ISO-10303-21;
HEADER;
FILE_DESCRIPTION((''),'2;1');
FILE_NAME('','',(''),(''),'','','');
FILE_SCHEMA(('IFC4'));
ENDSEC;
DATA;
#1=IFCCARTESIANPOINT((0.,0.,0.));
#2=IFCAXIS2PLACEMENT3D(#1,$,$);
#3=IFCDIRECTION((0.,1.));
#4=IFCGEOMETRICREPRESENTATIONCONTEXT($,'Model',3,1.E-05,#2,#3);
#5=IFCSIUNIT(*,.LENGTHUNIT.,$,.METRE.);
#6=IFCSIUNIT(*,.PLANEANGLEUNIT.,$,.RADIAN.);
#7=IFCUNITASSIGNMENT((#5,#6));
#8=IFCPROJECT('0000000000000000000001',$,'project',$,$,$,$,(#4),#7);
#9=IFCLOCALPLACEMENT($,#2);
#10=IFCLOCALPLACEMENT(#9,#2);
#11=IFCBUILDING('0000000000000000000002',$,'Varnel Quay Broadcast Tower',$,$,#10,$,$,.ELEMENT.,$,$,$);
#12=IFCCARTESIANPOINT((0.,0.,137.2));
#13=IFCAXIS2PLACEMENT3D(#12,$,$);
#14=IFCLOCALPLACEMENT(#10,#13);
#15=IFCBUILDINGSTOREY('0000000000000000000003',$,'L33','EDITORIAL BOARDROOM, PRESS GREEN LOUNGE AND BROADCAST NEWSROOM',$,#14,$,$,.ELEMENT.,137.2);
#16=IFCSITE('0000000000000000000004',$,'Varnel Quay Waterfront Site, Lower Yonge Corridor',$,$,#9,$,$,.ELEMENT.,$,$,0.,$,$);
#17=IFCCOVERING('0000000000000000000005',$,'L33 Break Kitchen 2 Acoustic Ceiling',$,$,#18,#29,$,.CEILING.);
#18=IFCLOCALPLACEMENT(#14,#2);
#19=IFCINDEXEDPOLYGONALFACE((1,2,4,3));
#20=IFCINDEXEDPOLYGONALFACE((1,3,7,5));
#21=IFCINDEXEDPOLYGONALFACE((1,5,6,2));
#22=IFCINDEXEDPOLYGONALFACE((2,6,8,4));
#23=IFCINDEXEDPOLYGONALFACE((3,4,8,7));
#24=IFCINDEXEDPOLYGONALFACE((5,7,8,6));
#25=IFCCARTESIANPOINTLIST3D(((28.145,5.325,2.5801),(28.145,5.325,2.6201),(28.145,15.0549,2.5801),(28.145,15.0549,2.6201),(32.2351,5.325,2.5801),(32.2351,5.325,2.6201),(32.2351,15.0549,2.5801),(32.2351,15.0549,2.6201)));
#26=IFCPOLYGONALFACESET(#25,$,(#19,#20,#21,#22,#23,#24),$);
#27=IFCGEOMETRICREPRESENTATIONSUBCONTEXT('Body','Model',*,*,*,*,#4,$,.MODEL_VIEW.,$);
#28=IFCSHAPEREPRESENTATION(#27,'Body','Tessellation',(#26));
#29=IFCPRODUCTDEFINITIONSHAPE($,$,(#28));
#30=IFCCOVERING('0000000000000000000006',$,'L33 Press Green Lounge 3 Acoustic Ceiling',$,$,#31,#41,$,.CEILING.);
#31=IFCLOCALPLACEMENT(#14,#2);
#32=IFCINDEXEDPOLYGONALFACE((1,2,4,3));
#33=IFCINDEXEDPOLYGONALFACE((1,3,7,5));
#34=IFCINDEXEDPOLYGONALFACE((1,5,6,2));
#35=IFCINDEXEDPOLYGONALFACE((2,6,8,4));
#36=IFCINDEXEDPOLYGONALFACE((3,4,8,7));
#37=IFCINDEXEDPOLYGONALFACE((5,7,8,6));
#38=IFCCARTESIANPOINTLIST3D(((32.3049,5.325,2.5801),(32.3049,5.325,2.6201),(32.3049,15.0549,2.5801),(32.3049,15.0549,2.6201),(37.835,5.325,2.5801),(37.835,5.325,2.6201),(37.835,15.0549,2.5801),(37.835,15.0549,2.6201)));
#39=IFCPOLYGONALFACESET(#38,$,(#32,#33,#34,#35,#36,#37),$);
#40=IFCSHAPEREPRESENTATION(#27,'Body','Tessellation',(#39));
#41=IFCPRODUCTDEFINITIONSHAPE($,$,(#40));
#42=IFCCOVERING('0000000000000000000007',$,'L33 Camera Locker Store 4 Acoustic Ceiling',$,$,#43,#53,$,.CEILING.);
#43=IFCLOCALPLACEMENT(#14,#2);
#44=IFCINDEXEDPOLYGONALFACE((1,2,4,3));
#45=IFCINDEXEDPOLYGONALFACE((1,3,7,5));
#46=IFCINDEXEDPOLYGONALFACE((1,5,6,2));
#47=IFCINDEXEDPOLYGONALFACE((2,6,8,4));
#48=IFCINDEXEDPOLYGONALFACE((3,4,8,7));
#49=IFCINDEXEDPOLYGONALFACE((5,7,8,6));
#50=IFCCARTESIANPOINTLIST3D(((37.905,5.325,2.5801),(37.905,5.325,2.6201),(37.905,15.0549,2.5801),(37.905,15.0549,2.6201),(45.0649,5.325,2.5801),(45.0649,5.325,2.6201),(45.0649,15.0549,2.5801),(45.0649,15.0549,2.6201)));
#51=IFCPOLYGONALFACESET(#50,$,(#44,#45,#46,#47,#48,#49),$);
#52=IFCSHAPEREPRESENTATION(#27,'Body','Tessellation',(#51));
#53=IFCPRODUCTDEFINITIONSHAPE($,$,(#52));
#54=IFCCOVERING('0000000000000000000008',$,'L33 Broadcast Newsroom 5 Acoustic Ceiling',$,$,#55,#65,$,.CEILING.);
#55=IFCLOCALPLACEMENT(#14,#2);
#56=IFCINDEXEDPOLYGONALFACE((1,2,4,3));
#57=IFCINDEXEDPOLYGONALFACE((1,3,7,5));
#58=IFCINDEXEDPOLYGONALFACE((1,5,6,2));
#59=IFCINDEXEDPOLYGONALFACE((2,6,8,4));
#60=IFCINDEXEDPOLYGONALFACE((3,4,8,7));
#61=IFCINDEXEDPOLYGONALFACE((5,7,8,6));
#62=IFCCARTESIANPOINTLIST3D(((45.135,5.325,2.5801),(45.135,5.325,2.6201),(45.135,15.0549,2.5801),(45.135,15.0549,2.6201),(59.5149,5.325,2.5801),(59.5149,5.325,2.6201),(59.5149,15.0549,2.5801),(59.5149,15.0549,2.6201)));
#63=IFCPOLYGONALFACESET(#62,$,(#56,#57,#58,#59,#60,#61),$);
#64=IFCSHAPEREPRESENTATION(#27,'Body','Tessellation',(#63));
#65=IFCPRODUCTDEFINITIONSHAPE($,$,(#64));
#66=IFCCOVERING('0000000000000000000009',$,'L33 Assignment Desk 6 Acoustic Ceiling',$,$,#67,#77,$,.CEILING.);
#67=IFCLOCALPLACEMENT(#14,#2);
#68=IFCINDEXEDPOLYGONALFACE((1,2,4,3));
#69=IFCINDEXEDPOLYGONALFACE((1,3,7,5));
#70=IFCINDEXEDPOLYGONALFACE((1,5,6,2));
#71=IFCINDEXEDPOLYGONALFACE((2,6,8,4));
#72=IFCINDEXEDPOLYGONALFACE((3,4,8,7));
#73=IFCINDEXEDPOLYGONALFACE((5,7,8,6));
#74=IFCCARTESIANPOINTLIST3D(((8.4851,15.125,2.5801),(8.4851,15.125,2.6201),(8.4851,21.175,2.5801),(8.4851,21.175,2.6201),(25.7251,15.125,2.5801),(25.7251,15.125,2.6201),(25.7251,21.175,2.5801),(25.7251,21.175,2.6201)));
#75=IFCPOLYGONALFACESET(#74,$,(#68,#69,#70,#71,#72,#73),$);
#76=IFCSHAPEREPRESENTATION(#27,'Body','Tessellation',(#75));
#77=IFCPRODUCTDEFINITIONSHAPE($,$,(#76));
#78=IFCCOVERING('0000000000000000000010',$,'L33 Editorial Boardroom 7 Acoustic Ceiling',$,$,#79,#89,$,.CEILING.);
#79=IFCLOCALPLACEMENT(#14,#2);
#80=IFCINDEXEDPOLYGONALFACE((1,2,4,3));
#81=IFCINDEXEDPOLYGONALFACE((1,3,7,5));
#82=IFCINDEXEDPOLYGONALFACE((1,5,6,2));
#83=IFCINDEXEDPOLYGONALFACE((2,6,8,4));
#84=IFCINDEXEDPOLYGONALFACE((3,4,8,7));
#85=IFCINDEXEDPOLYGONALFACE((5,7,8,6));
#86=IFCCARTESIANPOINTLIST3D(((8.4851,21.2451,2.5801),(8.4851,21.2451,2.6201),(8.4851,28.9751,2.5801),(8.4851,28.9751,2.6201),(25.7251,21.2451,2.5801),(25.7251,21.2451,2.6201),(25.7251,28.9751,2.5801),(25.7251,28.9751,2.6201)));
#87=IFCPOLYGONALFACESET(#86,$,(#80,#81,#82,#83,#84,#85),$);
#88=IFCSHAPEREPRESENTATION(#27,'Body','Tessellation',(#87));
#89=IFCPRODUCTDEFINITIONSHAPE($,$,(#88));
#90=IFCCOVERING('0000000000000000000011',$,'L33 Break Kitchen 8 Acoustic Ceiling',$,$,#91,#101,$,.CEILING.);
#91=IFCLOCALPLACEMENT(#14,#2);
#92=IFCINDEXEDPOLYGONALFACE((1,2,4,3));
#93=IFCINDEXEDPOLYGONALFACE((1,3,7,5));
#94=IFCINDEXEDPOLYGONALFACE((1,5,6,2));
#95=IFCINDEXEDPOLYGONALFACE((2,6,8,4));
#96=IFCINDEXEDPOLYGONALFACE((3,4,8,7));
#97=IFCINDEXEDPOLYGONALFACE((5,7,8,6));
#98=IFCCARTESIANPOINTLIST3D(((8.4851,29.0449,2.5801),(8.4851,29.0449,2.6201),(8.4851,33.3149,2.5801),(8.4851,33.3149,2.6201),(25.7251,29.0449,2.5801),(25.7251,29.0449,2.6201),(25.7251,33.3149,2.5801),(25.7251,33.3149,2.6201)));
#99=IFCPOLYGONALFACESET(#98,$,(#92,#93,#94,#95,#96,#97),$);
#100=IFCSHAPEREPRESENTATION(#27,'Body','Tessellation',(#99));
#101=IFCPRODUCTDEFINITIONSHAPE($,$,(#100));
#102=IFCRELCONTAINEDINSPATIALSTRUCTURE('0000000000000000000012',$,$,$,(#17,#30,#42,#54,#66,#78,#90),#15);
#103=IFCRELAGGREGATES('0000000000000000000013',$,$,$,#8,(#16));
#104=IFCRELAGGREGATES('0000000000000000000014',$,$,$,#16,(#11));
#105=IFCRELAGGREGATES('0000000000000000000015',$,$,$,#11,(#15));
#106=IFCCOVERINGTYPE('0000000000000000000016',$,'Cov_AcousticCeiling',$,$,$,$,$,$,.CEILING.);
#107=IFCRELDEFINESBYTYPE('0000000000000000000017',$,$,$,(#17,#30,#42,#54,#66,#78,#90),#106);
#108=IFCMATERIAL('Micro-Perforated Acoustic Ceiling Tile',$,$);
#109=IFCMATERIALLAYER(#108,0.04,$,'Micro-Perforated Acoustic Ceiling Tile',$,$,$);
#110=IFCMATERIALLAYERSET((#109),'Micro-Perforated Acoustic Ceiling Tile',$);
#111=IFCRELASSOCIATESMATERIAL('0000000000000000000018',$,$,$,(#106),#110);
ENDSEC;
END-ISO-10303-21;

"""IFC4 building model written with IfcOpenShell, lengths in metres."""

from ifc_helpers import new_model, si_unit, direction, frame, origin, place, context, subcontext, project, spatial, polyline, outline, extrude, material, layer, layer_set, type_object, element, save


model = new_model("IFC4")

# Units and contexts
model_context = context("Model", 3, precision=1e-05, world=origin(), true_north=direction((0.0, 1.0)))
body_context = subcontext(model_context, "Body", "Model", "MODEL_VIEW")
ifc_project = project(units=[si_unit("LENGTHUNIT", "METRE"), si_unit("PLANEANGLEUNIT", "RADIAN")], contexts=[model_context])

# Site, building, storey
site_placement = place(None, origin())
site = spatial("IfcSite", under=ifc_project, at=site_placement, Name="Varnel Quay Waterfront Site, Lower Yonge Corridor", CompositionType="ELEMENT", RefElevation=0.0)
building_placement = place(site_placement, origin())
building = spatial("IfcBuilding", under=site, at=building_placement, Name="Varnel Quay Broadcast Tower", CompositionType="ELEMENT")
storey_placement = place(building_placement, frame((0.0, 0.0, 137.2)))
storey = spatial("IfcBuildingStorey", under=building, at=storey_placement, Name="L33", Description="EDITORIAL BOARDROOM, PRESS GREEN LOUNGE AND BROADCAST NEWSROOM", CompositionType="ELEMENT", Elevation=137.2)

# Coverings
ifc_material_1 = material(Name="Micro-Perforated Acoustic Ceiling Tile")
ifc_layer_1 = layer(ifc_material_1, 0.04, Name="Micro-Perforated Acoustic Ceiling Tile")
ifc_layer_set_1 = layer_set([ifc_layer_1], Name="Micro-Perforated Acoustic Ceiling Tile")
covering_type = type_object("IfcCoveringType", Name="Cov_AcousticCeiling", PredefinedType="CEILING", material=ifc_layer_set_1)
covering_1_placement = place(storey_placement, frame((0.0, 0.0, 2.5801)))
element("IfcCovering", 1, at=covering_1_placement, inside=storey, type_object=covering_type, Name="L33 Break Kitchen 2 Acoustic Ceiling", PredefinedType="CEILING", context=body_context, shape_type="SweptSolid", body=[
    extrude(outline(polyline([(28.145, 5.325), (32.2351, 5.325), (32.2351, 15.0549), (28.145, 15.0549), (28.145, 5.325)])), origin(), (0.0, 0.0, 1.0), 0.04),
])
covering_2_placement = place(storey_placement, frame((0.0, 0.0, 2.5801)))
element("IfcCovering", 2, at=covering_2_placement, inside=storey, type_object=covering_type, Name="L33 Press Green Lounge 3 Acoustic Ceiling", PredefinedType="CEILING", context=body_context, shape_type="SweptSolid", body=[
    extrude(outline(polyline([(32.3049, 5.325), (37.835, 5.325), (37.835, 15.0549), (32.3049, 15.0549), (32.3049, 5.325)])), origin(), (0.0, 0.0, 1.0), 0.04),
])
covering_3_placement = place(storey_placement, frame((0.0, 0.0, 2.5801)))
element("IfcCovering", 3, at=covering_3_placement, inside=storey, type_object=covering_type, Name="L33 Camera Locker Store 4 Acoustic Ceiling", PredefinedType="CEILING", context=body_context, shape_type="SweptSolid", body=[
    extrude(outline(polyline([(37.905, 5.325), (45.0649, 5.325), (45.0649, 15.0549), (37.905, 15.0549), (37.905, 5.325)])), origin(), (0.0, 0.0, 1.0), 0.04),
])
covering_4_placement = place(storey_placement, frame((0.0, 0.0, 2.5801)))
element("IfcCovering", 4, at=covering_4_placement, inside=storey, type_object=covering_type, Name="L33 Broadcast Newsroom 5 Acoustic Ceiling", PredefinedType="CEILING", context=body_context, shape_type="SweptSolid", body=[
    extrude(outline(polyline([(45.135, 5.325), (59.5149, 5.325), (59.5149, 15.0549), (45.135, 15.0549), (45.135, 5.325)])), origin(), (0.0, 0.0, 1.0), 0.04),
])
covering_5_placement = place(storey_placement, frame((0.0, 0.0, 2.5801)))
element("IfcCovering", 5, at=covering_5_placement, inside=storey, type_object=covering_type, Name="L33 Assignment Desk 6 Acoustic Ceiling", PredefinedType="CEILING", context=body_context, shape_type="SweptSolid", body=[
    extrude(outline(polyline([(8.4851, 15.125), (25.7251, 15.125), (25.7251, 21.175), (8.4851, 21.175), (8.4851, 15.125)])), origin(), (0.0, 0.0, 1.0), 0.04),
])
covering_6_placement = place(storey_placement, frame((0.0, 0.0, 2.5801)))
element("IfcCovering", 6, at=covering_6_placement, inside=storey, type_object=covering_type, Name="L33 Editorial Boardroom 7 Acoustic Ceiling", PredefinedType="CEILING", context=body_context, shape_type="SweptSolid", body=[
    extrude(outline(polyline([(8.4851, 21.2451), (25.7251, 21.2451), (25.7251, 28.9751), (8.4851, 28.9751), (8.4851, 21.2451)])), origin(), (0.0, 0.0, 1.0), 0.04),
])
covering_7_placement = place(storey_placement, frame((0.0, 0.0, 2.5801)))
element("IfcCovering", 7, at=covering_7_placement, inside=storey, type_object=covering_type, Name="L33 Break Kitchen 8 Acoustic Ceiling", PredefinedType="CEILING", context=body_context, shape_type="SweptSolid", body=[
    extrude(outline(polyline([(8.4851, 29.0449), (25.7251, 29.0449), (25.7251, 33.3149), (8.4851, 33.3149), (8.4851, 29.0449)])), origin(), (0.0, 0.0, 1.0), 0.04),
])

save(model, "model.ifc")
